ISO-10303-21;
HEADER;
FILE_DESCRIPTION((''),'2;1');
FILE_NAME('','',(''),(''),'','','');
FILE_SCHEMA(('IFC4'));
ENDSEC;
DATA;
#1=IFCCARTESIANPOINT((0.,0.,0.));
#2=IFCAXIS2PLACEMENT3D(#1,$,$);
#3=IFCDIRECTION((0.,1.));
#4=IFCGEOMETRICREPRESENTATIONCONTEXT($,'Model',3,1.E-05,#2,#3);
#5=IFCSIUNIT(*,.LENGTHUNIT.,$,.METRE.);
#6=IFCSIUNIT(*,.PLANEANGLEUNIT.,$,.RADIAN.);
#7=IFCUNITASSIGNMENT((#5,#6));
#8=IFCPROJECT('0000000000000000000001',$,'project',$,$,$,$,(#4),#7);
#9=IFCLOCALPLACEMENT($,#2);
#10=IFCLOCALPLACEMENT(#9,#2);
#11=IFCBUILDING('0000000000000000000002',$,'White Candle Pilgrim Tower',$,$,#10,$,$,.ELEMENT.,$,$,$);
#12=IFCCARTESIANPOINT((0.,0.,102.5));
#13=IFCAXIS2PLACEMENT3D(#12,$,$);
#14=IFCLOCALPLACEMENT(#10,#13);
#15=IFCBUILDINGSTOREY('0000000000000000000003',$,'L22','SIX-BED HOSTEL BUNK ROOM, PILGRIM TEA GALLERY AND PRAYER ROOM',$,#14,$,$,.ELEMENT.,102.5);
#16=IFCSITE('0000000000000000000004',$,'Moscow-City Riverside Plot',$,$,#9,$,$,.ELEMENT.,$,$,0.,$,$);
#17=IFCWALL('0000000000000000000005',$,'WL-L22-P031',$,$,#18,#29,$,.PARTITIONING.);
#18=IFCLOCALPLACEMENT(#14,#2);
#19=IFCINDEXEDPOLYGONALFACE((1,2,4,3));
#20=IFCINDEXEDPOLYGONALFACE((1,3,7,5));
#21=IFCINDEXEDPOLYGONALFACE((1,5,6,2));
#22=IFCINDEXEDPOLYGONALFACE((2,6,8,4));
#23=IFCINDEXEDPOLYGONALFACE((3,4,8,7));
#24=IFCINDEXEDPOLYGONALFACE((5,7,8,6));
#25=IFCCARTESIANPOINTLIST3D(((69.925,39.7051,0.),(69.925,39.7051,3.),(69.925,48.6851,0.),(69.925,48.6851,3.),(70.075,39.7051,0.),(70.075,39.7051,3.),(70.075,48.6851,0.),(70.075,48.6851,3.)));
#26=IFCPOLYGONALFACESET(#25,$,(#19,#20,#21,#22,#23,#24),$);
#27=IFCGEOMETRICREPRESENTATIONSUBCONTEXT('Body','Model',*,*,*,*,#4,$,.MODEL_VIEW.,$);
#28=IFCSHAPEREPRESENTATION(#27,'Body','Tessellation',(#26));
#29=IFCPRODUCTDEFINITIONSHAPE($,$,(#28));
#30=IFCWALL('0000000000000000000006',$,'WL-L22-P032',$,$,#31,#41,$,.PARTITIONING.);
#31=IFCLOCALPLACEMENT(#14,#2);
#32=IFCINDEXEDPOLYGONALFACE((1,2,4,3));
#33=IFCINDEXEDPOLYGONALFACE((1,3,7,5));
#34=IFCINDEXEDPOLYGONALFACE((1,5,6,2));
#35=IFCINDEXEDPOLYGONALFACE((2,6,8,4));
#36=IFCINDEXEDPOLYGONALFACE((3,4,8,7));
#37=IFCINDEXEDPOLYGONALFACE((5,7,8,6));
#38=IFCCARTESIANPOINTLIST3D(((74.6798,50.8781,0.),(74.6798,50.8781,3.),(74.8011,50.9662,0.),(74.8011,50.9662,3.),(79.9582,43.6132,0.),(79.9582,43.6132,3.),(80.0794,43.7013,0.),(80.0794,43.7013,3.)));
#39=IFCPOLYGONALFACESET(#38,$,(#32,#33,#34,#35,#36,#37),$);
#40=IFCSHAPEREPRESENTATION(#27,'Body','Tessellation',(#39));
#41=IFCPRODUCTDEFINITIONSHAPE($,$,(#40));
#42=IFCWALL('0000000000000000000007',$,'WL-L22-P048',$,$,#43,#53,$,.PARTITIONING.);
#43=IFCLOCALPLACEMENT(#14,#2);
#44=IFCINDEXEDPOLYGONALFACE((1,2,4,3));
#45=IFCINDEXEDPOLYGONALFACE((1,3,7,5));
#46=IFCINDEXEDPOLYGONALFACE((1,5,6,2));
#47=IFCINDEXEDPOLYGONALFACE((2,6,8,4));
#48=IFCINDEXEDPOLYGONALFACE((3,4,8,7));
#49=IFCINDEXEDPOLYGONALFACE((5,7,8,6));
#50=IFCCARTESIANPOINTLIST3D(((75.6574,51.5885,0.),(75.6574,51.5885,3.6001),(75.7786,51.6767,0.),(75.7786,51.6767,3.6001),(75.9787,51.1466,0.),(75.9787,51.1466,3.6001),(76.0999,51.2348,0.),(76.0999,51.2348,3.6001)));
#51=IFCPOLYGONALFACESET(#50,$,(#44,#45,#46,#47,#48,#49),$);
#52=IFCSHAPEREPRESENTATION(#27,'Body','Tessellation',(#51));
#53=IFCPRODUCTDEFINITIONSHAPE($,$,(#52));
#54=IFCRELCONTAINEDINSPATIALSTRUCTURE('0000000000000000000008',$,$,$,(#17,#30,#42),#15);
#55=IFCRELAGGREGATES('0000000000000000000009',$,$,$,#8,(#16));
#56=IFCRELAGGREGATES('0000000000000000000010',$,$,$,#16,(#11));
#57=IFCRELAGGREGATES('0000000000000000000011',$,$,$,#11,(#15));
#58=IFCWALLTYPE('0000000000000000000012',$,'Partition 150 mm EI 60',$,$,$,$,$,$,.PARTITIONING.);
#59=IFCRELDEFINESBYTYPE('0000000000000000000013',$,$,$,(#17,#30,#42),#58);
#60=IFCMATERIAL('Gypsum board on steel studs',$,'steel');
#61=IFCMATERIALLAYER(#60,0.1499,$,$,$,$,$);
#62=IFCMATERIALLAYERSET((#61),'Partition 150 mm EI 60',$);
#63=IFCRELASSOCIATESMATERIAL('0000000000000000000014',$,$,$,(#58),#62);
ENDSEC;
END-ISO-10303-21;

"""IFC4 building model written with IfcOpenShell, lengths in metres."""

from ifc_helpers import new_model, si_unit, direction, frame, frame_2d, origin, place, context, subcontext, project, spatial, rectangle, extrude, material, layer, layer_set, type_object, element, save


model = new_model("IFC4")

# Units and contexts
model_context = context("Model", 3, precision=1e-05, world=origin(), true_north=direction((0.0, 1.0)))
body_context = subcontext(model_context, "Body", "Model", "MODEL_VIEW")
ifc_project = project(units=[si_unit("LENGTHUNIT", "METRE"), si_unit("PLANEANGLEUNIT", "RADIAN")], contexts=[model_context])

# Site, building, storey
site_placement = place(None, origin())
site = spatial("IfcSite", under=ifc_project, at=site_placement, Name="Moscow-City Riverside Plot", CompositionType="ELEMENT", RefElevation=0.0)
building_placement = place(site_placement, origin())
building = spatial("IfcBuilding", under=site, at=building_placement, Name="White Candle Pilgrim Tower", CompositionType="ELEMENT")
storey_placement = place(building_placement, frame((0.0, 0.0, 102.5)))
storey = spatial("IfcBuildingStorey", under=building, at=storey_placement, Name="L22", Description="SIX-BED HOSTEL BUNK ROOM, PILGRIM TEA GALLERY AND PRAYER ROOM", CompositionType="ELEMENT", Elevation=102.5)

# Shared definitions
ifc_material_1 = material(Name="Gypsum board on steel studs", Category="steel")

# Walls
ifc_layer_1 = layer(ifc_material_1, 0.1499)
ifc_layer_set_1 = layer_set([ifc_layer_1], Name="Partition 150 mm EI 60")
wall_type_1 = type_object("IfcWallType", Name="Partition 150 mm EI 60", PredefinedType="PARTITIONING", material=ifc_layer_set_1)
for number, where, z_axis, x_axis, name in (
    (1, (70.0, 39.7051, 0.0), (0.0, 0.0, 1.0), (0.0, 1.0, 0.0), "WL-L22-P031"),
    (2, (80.0188, 43.6572, 0.0), (0.0, 0.0, 1.0), (-0.58779, 0.809013, 0.0), "WL-L22-P032"),
):
    element("IfcWall", number, at=place(storey_placement, frame(where, z_axis=z_axis, x_axis=x_axis)), inside=storey, type_object=wall_type_1, Name=name, PredefinedType="PARTITIONING", context=body_context, shape_type="SweptSolid", body=[
        extrude(rectangle(XDim=8.98, YDim=0.1499, at=frame_2d((4.49, 0.0))), origin(), (0.0, 0.0, 1.0), 3.0),
    ])
wall_1_placement = place(storey_placement, frame((76.0393, 51.1907, 0.0), z_axis=(0.0, 0.0, 1.0), x_axis=(-0.588065, 0.808813, 0.0)))
element("IfcWall", 3, at=wall_1_placement, inside=storey, type_object=wall_type_1, Name="WL-L22-P048", PredefinedType="PARTITIONING", context=body_context, shape_type="SweptSolid", body=[
    extrude(rectangle(XDim=0.5464, YDim=0.1499, at=frame_2d((0.2732, 0.0))), origin(), (0.0, 0.0, 1.0), 3.6001),
])

save(model, "model.ifc")
